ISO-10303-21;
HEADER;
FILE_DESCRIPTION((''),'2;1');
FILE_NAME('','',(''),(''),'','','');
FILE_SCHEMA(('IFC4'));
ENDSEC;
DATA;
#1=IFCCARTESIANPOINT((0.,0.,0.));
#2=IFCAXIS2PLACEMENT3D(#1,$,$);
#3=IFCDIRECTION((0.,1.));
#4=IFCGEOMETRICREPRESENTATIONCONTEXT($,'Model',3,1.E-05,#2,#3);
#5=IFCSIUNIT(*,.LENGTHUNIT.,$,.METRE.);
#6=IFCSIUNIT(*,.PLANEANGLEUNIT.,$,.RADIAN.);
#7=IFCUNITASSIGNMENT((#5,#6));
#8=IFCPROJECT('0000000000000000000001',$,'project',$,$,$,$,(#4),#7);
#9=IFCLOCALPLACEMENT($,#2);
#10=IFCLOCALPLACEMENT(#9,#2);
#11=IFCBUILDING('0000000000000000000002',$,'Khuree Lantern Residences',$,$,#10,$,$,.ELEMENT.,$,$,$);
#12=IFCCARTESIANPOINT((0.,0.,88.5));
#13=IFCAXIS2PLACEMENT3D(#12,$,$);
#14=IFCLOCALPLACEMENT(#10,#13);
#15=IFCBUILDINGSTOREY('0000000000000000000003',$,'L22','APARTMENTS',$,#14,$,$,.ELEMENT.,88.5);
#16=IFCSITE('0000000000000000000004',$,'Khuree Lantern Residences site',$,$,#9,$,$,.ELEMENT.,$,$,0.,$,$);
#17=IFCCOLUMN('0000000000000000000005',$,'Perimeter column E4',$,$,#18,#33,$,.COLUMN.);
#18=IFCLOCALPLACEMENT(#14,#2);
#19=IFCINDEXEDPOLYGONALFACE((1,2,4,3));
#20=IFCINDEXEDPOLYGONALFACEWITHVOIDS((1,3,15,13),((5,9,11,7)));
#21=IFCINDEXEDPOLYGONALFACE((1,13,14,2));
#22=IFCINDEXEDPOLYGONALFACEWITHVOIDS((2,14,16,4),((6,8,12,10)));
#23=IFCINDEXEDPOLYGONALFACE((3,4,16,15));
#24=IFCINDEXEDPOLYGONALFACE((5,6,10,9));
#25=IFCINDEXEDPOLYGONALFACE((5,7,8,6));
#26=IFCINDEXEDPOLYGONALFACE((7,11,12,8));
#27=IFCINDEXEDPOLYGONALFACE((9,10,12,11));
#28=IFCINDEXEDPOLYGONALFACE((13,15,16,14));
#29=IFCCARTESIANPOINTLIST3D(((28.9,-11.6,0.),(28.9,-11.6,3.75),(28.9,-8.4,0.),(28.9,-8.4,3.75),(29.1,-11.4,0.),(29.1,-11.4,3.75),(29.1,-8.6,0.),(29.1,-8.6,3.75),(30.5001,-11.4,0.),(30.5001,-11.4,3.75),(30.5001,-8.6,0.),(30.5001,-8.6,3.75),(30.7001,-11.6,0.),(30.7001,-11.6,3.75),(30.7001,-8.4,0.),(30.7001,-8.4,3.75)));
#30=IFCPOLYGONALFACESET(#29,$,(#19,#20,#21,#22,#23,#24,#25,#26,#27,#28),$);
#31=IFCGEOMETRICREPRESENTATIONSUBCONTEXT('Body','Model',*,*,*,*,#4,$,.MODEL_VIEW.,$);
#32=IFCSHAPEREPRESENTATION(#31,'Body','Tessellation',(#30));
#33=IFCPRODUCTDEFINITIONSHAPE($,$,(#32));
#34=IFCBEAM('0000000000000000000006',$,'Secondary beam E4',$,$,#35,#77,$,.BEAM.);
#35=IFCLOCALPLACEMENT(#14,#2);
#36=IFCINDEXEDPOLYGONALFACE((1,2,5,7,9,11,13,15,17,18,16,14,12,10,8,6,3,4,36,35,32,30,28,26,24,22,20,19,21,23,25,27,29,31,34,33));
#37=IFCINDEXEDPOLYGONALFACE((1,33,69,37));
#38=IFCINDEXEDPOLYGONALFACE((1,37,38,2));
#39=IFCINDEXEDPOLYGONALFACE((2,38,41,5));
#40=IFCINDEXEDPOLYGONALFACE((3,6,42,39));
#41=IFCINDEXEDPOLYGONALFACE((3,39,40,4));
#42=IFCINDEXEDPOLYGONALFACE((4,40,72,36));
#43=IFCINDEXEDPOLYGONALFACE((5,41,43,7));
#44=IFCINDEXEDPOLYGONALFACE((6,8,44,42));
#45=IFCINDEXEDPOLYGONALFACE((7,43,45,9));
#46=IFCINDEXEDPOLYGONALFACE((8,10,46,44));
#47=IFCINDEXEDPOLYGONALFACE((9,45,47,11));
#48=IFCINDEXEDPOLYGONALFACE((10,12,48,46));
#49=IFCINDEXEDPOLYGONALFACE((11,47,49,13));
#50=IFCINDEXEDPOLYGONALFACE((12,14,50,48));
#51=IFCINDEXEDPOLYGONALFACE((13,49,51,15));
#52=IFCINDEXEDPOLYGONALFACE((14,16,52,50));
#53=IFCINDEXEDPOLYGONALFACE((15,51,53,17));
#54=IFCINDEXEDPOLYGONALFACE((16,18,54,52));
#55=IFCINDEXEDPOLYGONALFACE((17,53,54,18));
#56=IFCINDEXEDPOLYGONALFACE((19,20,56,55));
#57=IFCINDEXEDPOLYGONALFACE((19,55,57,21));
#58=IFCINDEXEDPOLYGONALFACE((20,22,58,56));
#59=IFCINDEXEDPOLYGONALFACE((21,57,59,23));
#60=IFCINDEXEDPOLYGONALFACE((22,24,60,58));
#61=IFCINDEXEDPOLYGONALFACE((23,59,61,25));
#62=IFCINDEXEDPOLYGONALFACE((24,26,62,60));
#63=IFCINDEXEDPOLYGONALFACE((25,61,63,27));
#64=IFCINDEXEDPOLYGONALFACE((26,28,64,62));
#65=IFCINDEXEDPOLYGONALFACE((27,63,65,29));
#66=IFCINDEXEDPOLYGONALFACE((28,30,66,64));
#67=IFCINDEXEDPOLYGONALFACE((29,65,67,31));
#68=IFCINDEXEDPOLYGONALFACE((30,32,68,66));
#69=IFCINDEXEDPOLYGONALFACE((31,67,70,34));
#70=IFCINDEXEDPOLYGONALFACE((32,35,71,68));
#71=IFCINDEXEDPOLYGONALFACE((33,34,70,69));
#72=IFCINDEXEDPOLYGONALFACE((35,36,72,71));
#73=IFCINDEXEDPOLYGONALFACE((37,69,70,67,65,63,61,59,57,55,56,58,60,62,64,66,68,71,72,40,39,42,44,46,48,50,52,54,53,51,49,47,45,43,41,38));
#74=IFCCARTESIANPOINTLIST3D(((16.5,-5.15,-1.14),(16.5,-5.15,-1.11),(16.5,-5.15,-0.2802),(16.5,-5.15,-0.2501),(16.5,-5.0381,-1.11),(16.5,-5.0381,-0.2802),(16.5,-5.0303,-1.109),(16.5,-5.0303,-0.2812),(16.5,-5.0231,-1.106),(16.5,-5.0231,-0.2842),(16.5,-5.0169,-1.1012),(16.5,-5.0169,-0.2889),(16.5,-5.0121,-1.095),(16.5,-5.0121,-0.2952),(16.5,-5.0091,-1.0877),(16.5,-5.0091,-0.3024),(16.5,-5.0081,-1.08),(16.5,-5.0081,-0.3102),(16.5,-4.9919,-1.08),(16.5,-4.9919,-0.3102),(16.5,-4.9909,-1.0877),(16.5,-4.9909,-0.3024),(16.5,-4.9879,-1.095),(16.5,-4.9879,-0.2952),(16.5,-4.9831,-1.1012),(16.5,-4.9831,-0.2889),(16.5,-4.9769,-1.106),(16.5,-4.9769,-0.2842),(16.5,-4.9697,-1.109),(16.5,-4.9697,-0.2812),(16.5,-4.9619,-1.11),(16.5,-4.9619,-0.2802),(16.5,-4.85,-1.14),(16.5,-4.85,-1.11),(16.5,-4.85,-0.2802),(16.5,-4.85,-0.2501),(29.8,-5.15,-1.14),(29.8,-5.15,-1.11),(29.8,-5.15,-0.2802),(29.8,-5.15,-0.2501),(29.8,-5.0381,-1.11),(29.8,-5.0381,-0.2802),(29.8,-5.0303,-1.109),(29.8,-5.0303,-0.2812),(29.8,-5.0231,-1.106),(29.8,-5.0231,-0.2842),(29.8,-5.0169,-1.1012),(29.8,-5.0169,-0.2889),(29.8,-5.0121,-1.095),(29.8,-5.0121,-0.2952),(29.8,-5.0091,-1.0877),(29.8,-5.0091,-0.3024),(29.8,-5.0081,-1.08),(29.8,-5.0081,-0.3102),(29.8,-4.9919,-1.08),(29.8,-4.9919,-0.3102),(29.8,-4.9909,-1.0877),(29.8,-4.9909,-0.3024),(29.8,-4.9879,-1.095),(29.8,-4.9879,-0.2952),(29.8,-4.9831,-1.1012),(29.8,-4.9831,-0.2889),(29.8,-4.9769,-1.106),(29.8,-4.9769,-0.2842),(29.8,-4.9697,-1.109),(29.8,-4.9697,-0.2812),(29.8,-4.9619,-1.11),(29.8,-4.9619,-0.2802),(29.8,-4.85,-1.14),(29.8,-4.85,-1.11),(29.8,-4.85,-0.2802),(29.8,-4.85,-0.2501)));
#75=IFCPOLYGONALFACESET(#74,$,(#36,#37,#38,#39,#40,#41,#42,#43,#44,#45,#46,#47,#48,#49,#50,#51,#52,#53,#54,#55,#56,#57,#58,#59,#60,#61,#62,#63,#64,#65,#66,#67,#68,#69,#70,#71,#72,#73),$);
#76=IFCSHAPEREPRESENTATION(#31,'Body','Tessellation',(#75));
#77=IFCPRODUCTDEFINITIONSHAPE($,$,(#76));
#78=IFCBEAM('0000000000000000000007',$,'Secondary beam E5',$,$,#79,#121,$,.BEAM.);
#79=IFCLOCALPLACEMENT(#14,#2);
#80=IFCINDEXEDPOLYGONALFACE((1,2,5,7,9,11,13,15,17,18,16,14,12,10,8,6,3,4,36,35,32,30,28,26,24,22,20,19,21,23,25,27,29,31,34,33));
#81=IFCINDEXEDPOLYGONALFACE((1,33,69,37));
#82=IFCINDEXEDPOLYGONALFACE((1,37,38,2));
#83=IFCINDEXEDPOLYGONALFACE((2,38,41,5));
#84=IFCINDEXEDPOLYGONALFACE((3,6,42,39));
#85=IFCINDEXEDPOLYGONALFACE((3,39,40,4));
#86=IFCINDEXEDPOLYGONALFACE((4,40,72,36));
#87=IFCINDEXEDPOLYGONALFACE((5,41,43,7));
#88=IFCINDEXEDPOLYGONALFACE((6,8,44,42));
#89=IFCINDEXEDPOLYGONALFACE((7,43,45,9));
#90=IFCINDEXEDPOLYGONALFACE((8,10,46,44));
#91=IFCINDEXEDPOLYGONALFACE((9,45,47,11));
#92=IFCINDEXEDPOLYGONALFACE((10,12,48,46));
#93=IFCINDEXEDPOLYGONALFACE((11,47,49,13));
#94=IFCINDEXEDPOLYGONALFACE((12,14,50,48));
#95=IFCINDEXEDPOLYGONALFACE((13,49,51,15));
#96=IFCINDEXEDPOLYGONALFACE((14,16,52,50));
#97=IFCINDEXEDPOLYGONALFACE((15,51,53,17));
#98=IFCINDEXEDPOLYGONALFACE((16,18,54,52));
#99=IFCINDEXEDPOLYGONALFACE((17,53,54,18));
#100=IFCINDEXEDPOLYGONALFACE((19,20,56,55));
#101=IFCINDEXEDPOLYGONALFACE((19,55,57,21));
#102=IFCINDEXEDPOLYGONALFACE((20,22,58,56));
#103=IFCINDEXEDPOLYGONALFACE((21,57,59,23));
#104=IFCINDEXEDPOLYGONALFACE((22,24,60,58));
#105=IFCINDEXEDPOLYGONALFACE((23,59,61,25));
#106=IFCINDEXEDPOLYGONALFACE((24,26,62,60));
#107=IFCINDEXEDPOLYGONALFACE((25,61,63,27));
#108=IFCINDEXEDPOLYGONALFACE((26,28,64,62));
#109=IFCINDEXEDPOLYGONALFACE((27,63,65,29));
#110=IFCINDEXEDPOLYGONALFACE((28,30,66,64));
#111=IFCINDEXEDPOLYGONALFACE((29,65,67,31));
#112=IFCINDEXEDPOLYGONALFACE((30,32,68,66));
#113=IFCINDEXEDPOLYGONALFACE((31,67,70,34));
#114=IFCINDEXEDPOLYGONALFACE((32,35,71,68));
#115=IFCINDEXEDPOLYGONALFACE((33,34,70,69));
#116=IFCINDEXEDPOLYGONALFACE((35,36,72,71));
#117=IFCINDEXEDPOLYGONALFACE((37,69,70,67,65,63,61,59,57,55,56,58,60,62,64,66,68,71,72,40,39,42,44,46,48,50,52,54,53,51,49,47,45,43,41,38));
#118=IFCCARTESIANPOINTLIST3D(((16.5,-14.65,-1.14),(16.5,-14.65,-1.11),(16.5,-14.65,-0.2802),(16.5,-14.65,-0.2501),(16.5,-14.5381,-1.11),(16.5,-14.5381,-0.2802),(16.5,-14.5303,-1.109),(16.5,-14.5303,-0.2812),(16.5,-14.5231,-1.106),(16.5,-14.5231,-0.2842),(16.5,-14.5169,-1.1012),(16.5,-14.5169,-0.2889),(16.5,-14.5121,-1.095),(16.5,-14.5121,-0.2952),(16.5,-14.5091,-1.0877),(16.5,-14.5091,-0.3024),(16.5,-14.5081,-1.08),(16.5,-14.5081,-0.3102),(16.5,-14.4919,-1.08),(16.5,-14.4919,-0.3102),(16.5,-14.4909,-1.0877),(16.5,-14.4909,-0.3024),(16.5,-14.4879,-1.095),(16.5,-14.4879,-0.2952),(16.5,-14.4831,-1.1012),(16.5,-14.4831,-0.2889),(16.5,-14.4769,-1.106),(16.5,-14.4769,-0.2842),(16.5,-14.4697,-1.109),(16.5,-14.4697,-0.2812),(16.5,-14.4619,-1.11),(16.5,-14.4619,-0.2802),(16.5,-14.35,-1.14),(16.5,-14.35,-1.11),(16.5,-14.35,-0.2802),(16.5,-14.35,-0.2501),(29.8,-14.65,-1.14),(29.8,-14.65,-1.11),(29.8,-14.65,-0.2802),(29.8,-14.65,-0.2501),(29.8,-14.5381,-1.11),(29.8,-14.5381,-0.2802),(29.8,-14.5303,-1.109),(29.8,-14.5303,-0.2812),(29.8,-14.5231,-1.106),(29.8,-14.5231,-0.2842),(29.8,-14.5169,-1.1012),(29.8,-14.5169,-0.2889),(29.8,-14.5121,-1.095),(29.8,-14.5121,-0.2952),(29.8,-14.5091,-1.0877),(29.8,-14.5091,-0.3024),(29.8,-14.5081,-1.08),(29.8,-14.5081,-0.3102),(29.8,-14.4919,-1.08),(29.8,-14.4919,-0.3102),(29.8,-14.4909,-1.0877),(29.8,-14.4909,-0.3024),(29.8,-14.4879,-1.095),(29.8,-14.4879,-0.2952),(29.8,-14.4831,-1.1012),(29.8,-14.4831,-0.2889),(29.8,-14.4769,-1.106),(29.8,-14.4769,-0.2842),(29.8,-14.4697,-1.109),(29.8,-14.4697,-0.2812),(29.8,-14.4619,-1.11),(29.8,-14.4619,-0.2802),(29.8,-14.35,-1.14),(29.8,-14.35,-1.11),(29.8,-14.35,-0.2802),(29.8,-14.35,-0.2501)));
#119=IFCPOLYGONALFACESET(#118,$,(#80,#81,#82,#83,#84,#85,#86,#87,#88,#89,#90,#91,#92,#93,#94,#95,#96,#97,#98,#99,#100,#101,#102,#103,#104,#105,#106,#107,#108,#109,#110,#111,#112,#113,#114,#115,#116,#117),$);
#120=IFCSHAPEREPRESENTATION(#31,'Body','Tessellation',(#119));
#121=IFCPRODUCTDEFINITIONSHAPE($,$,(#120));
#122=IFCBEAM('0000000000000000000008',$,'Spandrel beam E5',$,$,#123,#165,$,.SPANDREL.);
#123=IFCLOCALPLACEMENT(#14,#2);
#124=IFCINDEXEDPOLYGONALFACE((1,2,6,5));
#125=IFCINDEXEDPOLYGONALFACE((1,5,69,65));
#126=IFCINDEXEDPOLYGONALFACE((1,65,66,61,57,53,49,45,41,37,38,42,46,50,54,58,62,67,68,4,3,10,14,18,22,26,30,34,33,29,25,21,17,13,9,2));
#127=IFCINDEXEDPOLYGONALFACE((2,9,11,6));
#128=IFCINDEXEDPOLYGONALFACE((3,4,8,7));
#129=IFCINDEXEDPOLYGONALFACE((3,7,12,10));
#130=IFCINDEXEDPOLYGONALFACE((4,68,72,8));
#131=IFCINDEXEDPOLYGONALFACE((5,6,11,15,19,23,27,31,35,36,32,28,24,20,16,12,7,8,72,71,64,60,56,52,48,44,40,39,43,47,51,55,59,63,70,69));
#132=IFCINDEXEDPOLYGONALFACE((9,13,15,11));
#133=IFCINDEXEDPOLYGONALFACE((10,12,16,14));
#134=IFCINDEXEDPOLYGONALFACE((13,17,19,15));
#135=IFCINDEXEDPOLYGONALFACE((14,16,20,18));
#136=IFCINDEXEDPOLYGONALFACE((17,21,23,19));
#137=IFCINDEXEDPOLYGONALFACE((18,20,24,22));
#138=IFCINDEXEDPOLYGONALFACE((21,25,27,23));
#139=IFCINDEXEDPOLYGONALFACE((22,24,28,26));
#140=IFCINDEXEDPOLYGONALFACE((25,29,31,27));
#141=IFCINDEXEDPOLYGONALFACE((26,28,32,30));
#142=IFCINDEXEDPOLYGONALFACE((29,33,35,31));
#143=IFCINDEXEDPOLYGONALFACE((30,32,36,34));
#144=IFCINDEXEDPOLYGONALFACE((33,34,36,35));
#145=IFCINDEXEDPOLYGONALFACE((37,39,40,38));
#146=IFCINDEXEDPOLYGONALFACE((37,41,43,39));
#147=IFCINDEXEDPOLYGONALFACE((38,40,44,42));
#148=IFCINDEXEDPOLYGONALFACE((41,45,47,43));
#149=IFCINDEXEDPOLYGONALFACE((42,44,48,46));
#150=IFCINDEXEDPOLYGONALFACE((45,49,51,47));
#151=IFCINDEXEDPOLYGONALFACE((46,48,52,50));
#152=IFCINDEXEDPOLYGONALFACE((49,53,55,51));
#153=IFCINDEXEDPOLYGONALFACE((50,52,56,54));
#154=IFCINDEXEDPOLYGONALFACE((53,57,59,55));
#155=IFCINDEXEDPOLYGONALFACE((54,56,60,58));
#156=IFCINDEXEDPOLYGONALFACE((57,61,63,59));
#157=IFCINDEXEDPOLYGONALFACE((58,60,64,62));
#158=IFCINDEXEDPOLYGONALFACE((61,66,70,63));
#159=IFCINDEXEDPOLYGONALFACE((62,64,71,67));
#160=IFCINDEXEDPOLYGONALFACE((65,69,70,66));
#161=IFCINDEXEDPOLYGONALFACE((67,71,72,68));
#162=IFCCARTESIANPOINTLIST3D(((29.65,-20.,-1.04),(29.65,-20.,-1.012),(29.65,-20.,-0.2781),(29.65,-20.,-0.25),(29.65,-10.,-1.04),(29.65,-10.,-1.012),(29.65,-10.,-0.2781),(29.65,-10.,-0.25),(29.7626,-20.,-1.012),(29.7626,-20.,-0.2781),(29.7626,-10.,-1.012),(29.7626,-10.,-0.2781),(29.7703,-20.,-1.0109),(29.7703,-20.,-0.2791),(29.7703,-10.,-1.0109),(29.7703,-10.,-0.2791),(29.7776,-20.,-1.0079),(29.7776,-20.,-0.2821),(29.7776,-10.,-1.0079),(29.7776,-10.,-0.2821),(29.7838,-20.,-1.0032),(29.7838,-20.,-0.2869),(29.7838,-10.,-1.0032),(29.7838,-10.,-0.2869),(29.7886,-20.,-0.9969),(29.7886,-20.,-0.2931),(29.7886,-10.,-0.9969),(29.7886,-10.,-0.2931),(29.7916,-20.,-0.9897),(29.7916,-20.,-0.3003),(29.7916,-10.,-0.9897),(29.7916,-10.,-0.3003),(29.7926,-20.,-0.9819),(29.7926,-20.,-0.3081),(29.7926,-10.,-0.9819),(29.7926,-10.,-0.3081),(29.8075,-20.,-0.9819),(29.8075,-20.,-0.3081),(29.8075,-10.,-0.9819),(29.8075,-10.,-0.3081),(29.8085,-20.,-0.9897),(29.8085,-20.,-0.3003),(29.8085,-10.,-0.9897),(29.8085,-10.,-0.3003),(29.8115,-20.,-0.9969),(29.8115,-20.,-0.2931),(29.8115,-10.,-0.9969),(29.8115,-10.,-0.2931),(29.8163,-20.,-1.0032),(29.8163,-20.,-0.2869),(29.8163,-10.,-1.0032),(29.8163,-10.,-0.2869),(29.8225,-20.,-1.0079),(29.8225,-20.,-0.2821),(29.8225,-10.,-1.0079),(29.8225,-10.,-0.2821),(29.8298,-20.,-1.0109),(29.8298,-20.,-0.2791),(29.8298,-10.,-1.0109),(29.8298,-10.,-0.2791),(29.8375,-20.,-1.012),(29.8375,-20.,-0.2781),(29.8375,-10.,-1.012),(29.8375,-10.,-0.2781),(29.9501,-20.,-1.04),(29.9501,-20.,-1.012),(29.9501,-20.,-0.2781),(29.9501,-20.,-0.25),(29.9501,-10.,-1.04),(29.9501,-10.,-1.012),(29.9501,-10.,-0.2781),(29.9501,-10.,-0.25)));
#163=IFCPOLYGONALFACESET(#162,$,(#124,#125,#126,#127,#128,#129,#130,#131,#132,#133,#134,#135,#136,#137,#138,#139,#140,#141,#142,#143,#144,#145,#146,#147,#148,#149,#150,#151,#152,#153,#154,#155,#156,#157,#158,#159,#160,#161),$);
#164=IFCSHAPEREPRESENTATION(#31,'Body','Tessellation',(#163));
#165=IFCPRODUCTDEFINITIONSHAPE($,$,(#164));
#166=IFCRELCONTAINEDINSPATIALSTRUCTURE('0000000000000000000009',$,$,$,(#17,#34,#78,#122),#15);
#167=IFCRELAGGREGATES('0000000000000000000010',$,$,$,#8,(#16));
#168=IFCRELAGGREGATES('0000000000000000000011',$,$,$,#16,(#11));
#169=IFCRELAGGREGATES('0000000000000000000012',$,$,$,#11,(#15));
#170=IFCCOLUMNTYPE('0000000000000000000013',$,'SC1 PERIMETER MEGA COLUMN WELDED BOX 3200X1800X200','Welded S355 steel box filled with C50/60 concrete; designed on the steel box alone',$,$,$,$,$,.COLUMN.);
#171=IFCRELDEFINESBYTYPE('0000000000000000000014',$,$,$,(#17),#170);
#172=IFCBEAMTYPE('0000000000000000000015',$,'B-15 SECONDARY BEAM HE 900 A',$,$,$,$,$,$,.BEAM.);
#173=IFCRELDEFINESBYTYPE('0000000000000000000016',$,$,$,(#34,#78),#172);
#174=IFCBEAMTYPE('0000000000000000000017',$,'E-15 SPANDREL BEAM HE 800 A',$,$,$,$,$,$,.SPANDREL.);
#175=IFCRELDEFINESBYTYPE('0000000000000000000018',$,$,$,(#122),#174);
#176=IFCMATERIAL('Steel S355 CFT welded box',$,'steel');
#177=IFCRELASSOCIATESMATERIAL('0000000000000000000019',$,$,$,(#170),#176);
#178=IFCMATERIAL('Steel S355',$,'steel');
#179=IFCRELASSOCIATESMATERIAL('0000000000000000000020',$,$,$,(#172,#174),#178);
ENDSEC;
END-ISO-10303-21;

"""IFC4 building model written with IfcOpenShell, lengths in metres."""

from ifc_helpers import new_model, si_unit, direction, frame, origin, origin_2d, place, context, subcontext, project, spatial, hollow_rectangle, i_section, extrude, material, material_profile, profile_set, type_object, element, save


model = new_model("IFC4")

# Units and contexts
model_context = context("Model", 3, precision=1e-05, world=origin(), true_north=direction((0.0, 1.0)))
body_context = subcontext(model_context, "Body", "Model", "MODEL_VIEW")
ifc_project = project(units=[si_unit("LENGTHUNIT", "METRE"), si_unit("PLANEANGLEUNIT", "RADIAN")], contexts=[model_context])

# Site, building, storey
site_placement = place(None, origin())
site = spatial("IfcSite", under=ifc_project, at=site_placement, Name="Khuree Lantern Residences site", CompositionType="ELEMENT", RefElevation=0.0)
building_placement = place(site_placement, origin())
building = spatial("IfcBuilding", under=site, at=building_placement, Name="Khuree Lantern Residences", CompositionType="ELEMENT")
storey_placement = place(building_placement, frame((0.0, 0.0, 88.5)))
storey = spatial("IfcBuildingStorey", under=building, at=storey_placement, Name="L22", Description="APARTMENTS", CompositionType="ELEMENT", Elevation=88.5)

# Column
ifc_material_1 = material(Name="Steel S355 CFT welded box", Category="steel")
ifc_material_profile_1 = material_profile(ifc_material_1, hollow_rectangle(XDim=3.2, YDim=1.8, WallThickness=0.2, at=origin_2d()), Name="WELDED BOX 3200X1800X200")
ifc_profile_set_1 = profile_set([ifc_material_profile_1], Name="Steel S355 CFT welded box")
column_type = type_object("IfcColumnType", Name="SC1 PERIMETER MEGA COLUMN WELDED BOX 3200X1800X200", Description="Welded S355 steel box filled with C50/60 concrete; designed on the steel box alone", PredefinedType="COLUMN", material=ifc_profile_set_1)
column_placement = place(storey_placement, frame((29.8, -10.0, 0.0), z_axis=(0.0, 0.0, 1.0), x_axis=(0.0, 1.0, 0.0)))
element("IfcColumn", 1, at=column_placement, inside=storey, type_object=column_type, Name="Perimeter column E4", PredefinedType="COLUMN", context=body_context, shape_type="SweptSolid", body=[
    extrude(hollow_rectangle(XDim=3.2, YDim=1.8, WallThickness=0.2, at=origin_2d()), origin(), (0.0, 0.0, 1.0), 3.75),
])

# Beams
ifc_material_2 = material(Name="Steel S355", Category="steel")
ifc_material_profile_2 = material_profile(ifc_material_2, i_section(OverallWidth=0.3, OverallDepth=0.8899, WebThickness=0.0161, FlangeThickness=0.03, FilletRadius=0.03, at=origin_2d()), Name="HE 900 A")
ifc_profile_set_2 = profile_set([ifc_material_profile_2], Name="Steel S355")
beam_type_1 = type_object("IfcBeamType", Name="B-15 SECONDARY BEAM HE 900 A", PredefinedType="BEAM", material=ifc_profile_set_2)
for number, where, z_axis, x_axis, name in (
    (2, (29.8, -5.0, -0.6951), (-1.0, 0.0, 0.0), (0.0, -1.0, 0.0), "Secondary beam E4"),
    (3, (29.8, -14.5, -0.6951), (-1.0, 0.0, 0.0), (0.0, -1.0, 0.0), "Secondary beam E5"),
):
    element("IfcBeam", number, at=place(storey_placement, frame(where, z_axis=z_axis, x_axis=x_axis)), inside=storey, type_object=beam_type_1, Name=name, PredefinedType="BEAM", context=body_context, shape_type="SweptSolid", body=[
        extrude(i_section(OverallWidth=0.3, OverallDepth=0.8899, WebThickness=0.0161, FlangeThickness=0.03, FilletRadius=0.03, at=origin_2d()), origin(), (0.0, 0.0, 1.0), 13.3),
    ])
ifc_material_profile_3 = material_profile(ifc_material_2, i_section(OverallWidth=0.3, OverallDepth=0.79, WebThickness=0.0149, FlangeThickness=0.0281, FilletRadius=0.03, at=origin_2d()), Name="HE 800 A")
ifc_profile_set_3 = profile_set([ifc_material_profile_3], Name="Steel S355")
beam_type_2 = type_object("IfcBeamType", Name="E-15 SPANDREL BEAM HE 800 A", PredefinedType="SPANDREL", material=ifc_profile_set_3)
beam_1_placement = place(storey_placement, frame((29.8, -10.0, -0.645), z_axis=(0.0, -1.0, 0.0), x_axis=(1.0, 0.0, 0.0)))
element("IfcBeam", 4, at=beam_1_placement, inside=storey, type_object=beam_type_2, Name="Spandrel beam E5", PredefinedType="SPANDREL", context=body_context, shape_type="SweptSolid", body=[
    extrude(i_section(OverallWidth=0.3, OverallDepth=0.79, WebThickness=0.0149, FlangeThickness=0.0281, FilletRadius=0.03, at=origin_2d()), origin(), (0.0, 0.0, 1.0), 10.0),
])

save(model, "model.ifc")
